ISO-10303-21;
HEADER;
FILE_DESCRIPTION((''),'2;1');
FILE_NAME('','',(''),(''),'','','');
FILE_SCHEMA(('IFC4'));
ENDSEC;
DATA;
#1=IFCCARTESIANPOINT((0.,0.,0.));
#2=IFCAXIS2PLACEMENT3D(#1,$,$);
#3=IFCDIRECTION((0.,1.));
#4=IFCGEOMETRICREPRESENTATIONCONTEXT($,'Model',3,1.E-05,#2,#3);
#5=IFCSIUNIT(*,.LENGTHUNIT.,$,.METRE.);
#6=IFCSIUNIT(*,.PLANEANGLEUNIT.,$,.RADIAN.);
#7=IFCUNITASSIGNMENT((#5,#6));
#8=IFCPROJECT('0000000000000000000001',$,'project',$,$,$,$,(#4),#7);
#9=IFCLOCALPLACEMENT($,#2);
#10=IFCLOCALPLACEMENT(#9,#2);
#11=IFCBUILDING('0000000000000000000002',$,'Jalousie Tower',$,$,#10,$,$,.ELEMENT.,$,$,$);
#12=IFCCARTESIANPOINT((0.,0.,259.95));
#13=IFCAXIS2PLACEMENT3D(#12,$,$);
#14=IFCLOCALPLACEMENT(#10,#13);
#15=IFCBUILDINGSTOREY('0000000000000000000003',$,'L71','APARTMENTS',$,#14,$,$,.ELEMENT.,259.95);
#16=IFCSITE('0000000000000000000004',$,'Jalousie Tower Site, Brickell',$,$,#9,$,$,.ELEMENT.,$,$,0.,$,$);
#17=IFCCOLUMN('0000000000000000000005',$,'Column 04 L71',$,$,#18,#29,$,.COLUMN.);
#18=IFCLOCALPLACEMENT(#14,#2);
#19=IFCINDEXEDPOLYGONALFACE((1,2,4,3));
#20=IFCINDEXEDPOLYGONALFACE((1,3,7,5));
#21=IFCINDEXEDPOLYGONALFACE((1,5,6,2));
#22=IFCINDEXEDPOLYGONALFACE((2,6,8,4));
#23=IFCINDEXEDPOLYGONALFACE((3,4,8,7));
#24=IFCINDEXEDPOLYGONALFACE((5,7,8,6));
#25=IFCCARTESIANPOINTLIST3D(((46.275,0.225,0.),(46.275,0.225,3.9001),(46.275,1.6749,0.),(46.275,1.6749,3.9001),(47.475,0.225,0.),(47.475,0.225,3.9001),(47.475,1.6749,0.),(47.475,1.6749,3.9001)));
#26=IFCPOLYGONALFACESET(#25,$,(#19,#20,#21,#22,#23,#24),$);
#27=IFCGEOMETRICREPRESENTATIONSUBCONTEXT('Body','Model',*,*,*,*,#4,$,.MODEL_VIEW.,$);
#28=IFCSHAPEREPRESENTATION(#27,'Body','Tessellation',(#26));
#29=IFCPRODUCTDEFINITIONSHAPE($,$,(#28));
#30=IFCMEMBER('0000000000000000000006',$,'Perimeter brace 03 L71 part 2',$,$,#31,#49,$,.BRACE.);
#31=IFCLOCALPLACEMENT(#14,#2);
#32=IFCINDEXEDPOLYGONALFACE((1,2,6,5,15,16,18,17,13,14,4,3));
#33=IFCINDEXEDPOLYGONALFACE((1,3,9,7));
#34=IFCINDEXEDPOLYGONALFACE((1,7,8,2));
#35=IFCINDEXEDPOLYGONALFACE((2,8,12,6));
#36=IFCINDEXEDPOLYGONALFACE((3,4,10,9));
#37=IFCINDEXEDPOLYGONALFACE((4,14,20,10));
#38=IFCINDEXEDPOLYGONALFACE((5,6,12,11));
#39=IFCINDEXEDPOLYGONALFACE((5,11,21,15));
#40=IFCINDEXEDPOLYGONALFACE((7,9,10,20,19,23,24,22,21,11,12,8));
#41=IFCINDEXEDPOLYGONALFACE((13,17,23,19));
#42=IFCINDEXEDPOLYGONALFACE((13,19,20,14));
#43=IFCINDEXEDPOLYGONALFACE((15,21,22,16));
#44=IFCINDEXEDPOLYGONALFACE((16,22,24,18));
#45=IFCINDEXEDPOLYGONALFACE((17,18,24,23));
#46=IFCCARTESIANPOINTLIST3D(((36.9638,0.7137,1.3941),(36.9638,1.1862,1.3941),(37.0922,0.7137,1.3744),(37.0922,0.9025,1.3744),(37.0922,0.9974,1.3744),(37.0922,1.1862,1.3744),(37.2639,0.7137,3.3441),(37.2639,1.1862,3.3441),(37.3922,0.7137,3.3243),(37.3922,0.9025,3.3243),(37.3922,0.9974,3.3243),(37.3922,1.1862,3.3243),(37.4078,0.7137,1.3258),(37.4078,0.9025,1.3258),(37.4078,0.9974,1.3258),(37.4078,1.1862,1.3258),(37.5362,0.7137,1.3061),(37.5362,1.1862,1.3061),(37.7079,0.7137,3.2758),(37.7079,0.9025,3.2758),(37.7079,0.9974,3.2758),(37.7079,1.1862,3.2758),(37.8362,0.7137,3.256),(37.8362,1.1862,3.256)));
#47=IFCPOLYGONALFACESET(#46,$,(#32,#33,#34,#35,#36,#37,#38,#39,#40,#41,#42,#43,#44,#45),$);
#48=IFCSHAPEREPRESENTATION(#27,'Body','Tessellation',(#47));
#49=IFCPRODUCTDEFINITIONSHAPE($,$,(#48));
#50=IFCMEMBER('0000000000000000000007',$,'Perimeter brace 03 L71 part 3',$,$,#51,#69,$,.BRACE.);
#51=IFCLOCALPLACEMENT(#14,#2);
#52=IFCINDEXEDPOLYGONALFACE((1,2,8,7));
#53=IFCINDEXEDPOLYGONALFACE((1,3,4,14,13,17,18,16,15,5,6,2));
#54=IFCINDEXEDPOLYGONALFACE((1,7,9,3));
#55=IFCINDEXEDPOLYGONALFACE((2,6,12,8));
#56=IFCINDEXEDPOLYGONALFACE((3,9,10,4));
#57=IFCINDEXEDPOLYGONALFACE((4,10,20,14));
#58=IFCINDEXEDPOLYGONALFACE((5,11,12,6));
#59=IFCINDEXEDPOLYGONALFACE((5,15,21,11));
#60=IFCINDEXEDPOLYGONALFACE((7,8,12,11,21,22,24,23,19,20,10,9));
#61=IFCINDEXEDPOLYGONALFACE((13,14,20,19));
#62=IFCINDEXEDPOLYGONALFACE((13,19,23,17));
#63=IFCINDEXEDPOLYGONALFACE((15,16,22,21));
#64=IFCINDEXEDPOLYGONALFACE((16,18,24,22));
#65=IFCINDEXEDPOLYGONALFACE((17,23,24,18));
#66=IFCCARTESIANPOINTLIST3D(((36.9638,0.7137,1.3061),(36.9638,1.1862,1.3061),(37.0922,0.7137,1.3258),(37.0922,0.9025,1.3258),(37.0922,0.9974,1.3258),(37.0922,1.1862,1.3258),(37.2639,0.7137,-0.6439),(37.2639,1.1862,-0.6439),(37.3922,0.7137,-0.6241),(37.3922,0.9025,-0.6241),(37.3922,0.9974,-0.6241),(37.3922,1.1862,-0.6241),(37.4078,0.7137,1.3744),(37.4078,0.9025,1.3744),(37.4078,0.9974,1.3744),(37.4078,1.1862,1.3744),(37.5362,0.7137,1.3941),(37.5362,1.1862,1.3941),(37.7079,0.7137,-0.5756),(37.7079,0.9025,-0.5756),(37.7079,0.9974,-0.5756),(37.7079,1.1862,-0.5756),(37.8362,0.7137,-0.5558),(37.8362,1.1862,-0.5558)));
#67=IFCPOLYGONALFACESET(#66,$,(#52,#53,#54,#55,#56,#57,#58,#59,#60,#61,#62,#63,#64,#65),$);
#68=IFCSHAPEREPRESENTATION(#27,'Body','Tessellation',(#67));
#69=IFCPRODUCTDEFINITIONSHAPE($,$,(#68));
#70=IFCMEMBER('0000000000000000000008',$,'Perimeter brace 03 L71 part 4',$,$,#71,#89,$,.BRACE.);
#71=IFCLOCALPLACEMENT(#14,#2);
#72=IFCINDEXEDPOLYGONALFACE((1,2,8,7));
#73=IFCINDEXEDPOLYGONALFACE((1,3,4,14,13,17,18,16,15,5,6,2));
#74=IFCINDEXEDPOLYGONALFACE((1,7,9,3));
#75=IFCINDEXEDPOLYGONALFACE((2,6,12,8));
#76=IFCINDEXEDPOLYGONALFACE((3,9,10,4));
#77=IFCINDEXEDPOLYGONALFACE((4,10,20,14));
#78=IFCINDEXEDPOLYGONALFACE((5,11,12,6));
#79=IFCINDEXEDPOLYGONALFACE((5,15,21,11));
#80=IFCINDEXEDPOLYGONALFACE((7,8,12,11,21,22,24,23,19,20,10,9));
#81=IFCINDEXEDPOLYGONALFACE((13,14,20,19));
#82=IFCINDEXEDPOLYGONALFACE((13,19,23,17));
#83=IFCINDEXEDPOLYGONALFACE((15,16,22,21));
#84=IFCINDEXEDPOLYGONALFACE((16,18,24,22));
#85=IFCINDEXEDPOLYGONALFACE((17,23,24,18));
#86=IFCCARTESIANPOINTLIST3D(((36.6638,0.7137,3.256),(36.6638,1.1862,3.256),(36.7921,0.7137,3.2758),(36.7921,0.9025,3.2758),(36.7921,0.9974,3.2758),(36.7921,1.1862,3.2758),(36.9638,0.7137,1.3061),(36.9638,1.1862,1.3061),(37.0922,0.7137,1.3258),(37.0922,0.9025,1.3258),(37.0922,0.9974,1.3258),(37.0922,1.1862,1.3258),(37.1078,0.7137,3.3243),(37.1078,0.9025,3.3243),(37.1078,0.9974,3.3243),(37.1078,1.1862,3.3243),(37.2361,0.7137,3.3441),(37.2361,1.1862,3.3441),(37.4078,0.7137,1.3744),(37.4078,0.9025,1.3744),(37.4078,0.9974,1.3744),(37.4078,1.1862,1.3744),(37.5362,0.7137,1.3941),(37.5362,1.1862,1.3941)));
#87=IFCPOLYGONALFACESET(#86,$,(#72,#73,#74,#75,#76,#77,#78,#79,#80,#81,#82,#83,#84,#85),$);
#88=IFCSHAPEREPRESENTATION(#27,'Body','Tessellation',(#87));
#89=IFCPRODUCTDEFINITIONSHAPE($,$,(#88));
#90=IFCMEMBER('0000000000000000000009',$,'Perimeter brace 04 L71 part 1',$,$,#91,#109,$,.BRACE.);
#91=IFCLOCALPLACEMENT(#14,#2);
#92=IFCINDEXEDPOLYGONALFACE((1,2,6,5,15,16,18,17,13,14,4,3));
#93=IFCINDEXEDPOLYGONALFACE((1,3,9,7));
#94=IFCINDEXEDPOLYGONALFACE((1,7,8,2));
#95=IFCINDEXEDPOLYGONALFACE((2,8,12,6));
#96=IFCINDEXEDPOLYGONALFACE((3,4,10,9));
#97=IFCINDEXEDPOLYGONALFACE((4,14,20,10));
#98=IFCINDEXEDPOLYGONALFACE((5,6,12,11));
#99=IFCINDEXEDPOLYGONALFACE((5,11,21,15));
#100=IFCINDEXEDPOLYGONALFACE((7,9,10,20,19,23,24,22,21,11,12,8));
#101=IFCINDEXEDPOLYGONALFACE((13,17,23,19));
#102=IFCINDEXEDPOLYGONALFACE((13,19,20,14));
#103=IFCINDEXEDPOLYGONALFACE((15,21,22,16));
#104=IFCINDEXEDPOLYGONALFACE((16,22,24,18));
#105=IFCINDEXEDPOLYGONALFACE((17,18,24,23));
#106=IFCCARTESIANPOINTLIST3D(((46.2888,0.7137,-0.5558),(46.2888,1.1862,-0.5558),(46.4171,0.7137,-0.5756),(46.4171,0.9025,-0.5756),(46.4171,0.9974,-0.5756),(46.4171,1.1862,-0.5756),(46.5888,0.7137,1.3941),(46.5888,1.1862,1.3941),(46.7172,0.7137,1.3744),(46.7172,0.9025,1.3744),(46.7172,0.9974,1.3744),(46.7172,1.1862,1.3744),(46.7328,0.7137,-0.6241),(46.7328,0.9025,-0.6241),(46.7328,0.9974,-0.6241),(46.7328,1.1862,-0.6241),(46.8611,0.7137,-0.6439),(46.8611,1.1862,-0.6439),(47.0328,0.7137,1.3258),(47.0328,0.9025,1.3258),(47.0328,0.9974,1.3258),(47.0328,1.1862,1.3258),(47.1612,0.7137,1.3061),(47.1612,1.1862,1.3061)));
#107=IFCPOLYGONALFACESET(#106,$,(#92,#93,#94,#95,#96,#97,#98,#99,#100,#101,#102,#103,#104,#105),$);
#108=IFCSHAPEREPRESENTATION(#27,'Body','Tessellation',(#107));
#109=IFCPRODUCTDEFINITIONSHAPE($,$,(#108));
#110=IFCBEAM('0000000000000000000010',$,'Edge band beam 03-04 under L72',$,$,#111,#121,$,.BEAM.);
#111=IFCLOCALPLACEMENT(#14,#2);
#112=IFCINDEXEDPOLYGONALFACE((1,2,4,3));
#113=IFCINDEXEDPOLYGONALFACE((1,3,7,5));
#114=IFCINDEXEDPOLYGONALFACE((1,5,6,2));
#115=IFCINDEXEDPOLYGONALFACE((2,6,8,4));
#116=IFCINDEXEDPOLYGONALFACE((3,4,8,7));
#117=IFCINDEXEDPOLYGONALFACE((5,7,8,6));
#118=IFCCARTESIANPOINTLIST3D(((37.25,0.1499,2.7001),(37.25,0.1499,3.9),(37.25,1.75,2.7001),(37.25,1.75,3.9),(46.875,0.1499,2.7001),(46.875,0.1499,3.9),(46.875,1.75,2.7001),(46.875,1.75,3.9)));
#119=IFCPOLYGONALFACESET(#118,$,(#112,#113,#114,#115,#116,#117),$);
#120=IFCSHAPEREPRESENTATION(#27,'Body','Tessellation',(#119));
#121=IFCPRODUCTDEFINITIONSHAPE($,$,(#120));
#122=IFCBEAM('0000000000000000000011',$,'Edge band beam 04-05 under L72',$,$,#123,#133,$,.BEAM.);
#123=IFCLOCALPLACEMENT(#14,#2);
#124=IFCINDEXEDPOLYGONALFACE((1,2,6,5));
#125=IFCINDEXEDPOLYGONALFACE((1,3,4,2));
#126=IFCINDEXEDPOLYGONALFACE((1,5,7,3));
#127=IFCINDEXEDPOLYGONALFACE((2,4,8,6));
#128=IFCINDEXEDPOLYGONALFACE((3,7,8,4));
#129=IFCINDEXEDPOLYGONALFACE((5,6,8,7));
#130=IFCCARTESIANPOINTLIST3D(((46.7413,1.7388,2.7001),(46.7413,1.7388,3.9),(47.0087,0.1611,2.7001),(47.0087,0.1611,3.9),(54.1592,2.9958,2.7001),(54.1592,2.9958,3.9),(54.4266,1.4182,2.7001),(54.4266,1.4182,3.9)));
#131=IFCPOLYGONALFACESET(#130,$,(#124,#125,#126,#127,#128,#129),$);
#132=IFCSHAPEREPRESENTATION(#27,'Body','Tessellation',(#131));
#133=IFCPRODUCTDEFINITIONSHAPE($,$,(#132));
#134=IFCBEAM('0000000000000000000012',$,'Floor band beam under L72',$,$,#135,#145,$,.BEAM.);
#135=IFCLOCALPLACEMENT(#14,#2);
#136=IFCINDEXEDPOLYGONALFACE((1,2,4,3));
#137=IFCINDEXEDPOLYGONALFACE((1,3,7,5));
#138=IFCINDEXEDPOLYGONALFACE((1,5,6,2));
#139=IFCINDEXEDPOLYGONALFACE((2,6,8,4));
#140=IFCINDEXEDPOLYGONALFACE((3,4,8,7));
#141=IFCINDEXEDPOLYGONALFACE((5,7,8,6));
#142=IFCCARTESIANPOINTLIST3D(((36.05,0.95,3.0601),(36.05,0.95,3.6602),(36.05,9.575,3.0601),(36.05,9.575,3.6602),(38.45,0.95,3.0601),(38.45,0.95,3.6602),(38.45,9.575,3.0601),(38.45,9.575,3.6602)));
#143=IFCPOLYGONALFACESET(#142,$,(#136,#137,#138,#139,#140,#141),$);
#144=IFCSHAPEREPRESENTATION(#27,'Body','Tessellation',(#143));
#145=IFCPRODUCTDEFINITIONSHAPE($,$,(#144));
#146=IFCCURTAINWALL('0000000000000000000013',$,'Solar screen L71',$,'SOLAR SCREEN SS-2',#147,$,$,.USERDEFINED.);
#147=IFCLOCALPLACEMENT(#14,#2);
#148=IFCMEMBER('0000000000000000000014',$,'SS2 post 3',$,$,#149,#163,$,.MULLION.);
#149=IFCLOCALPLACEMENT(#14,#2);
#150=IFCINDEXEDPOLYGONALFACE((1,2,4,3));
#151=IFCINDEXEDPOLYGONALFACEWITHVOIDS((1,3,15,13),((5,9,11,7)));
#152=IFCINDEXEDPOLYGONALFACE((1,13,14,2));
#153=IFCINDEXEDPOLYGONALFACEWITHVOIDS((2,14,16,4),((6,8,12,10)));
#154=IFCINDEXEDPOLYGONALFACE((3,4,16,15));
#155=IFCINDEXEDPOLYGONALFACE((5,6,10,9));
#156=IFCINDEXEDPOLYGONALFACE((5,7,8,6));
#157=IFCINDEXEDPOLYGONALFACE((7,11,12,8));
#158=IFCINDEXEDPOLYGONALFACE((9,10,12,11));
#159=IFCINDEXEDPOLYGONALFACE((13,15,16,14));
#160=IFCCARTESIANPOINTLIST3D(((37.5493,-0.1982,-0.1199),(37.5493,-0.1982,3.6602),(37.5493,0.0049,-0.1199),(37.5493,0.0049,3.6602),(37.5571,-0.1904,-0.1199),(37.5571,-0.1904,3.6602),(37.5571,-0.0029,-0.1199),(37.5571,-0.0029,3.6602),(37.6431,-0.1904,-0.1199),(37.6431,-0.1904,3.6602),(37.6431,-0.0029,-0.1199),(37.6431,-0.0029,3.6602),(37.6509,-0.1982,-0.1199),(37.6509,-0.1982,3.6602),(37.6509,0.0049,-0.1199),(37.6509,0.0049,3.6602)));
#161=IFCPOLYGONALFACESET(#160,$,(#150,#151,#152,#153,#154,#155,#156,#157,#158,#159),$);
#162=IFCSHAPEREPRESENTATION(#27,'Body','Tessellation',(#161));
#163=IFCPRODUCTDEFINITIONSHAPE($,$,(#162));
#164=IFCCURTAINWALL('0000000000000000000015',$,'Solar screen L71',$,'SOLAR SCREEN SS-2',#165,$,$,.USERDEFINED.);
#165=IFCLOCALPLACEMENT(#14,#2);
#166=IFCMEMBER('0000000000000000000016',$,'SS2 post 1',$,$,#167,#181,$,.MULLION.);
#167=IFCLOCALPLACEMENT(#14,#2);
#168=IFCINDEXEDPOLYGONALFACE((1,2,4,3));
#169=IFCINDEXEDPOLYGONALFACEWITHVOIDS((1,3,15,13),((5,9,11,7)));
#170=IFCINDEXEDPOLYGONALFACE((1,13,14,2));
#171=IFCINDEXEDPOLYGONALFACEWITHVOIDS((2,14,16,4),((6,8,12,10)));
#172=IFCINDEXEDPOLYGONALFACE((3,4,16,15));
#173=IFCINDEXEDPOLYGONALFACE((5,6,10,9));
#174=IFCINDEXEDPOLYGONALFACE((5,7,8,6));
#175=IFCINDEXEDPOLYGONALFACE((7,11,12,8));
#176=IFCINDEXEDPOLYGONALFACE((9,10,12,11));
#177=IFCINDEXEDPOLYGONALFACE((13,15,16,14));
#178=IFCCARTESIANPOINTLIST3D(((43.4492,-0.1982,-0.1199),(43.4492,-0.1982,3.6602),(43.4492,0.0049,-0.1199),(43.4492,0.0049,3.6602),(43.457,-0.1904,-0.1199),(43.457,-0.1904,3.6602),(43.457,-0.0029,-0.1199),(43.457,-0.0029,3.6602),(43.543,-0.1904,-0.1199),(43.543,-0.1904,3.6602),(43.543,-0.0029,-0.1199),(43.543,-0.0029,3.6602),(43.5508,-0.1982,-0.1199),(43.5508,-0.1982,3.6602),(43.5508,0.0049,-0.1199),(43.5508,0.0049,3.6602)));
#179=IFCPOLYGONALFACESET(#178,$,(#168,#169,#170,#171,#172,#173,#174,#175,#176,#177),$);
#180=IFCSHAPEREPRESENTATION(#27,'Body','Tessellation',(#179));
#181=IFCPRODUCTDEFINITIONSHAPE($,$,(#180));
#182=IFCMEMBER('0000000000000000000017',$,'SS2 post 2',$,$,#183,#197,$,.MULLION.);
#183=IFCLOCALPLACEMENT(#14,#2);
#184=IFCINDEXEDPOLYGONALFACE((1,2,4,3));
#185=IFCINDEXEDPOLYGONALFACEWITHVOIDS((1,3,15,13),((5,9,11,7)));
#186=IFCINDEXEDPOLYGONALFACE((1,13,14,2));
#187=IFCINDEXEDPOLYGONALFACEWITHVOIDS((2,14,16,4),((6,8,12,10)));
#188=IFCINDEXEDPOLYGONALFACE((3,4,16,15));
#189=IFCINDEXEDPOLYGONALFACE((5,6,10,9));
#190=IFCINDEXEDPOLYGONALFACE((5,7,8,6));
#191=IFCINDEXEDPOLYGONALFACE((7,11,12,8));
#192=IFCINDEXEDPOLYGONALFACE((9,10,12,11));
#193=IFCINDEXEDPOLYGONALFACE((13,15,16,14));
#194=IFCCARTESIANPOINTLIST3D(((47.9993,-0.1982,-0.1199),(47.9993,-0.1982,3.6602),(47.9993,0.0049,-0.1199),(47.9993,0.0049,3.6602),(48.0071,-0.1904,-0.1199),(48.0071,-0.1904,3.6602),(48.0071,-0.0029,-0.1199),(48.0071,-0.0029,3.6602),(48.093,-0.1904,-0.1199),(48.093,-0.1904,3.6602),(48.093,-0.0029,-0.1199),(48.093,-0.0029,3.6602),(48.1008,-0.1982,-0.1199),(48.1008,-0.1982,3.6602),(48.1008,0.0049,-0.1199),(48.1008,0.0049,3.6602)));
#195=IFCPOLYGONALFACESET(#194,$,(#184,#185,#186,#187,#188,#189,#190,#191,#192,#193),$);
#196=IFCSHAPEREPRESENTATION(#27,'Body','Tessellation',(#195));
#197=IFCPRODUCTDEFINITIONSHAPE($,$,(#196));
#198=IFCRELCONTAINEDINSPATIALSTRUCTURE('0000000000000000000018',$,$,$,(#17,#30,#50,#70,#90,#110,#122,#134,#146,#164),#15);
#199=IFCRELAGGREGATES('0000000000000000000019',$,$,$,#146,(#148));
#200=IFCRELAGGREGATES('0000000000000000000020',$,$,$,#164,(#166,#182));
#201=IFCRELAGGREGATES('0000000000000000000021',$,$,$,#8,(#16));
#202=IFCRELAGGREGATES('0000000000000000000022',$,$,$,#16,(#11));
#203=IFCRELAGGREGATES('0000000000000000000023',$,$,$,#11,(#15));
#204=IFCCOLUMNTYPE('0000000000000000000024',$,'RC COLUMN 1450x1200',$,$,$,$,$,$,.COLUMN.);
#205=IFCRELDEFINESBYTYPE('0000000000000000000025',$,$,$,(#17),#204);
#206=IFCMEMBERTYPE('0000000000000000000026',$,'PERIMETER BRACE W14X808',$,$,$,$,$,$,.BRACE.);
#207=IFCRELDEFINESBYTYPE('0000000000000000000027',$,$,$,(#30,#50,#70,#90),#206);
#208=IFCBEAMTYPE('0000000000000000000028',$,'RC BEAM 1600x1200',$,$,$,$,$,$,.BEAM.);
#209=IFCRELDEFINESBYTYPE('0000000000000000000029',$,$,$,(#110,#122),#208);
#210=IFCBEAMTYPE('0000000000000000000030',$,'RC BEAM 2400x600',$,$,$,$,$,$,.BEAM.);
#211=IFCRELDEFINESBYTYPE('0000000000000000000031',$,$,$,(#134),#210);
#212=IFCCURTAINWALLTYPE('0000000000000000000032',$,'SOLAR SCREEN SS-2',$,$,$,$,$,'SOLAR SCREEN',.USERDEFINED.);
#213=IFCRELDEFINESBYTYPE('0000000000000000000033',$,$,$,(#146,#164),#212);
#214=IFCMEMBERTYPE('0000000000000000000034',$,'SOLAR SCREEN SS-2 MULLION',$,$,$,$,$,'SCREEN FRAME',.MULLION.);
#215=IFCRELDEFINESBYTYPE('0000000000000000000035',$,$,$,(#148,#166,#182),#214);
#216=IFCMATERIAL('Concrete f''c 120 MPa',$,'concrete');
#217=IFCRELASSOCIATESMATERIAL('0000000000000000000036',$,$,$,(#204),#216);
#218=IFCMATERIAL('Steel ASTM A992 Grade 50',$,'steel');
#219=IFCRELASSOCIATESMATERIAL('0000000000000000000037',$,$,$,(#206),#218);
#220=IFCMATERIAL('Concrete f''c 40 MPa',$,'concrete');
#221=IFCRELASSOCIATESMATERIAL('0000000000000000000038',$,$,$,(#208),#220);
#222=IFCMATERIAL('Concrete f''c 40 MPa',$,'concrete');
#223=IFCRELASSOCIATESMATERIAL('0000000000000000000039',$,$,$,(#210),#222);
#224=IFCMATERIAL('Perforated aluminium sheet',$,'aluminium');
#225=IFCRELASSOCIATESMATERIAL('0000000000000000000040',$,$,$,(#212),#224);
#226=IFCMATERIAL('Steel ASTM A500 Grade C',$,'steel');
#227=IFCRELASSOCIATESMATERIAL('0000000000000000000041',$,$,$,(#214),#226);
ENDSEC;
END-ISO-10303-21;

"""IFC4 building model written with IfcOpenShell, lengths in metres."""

from ifc_helpers import new_model, si_unit, direction, frame, origin, origin_2d, place, context, subcontext, project, spatial, rectangle, hollow_rectangle, i_section, extrude, material, material_profile, profile_set, type_object, element, aggregate, save


model = new_model("IFC4")

# Units and contexts
model_context = context("Model", 3, precision=1e-05, world=origin(), true_north=direction((0.0, 1.0)))
body_context = subcontext(model_context, "Body", "Model", "MODEL_VIEW")
ifc_project = project(units=[si_unit("LENGTHUNIT", "METRE"), si_unit("PLANEANGLEUNIT", "RADIAN")], contexts=[model_context])

# Site, building, storey
site_placement = place(None, origin())
site = spatial("IfcSite", under=ifc_project, at=site_placement, Name="Jalousie Tower Site, Brickell", CompositionType="ELEMENT", RefElevation=0.0)
building_placement = place(site_placement, origin())
building = spatial("IfcBuilding", under=site, at=building_placement, Name="Jalousie Tower", CompositionType="ELEMENT")
storey_placement = place(building_placement, frame((0.0, 0.0, 259.95)))
storey = spatial("IfcBuildingStorey", under=building, at=storey_placement, Name="L71", Description="APARTMENTS", CompositionType="ELEMENT", Elevation=259.95)

# Column
ifc_material_1 = material(Name="Concrete f'c 120 MPa", Category="concrete")
ifc_material_profile_1 = material_profile(ifc_material_1, rectangle(XDim=1.45, YDim=1.2, at=origin_2d()), Name="RC 1450x1200")
ifc_profile_set_1 = profile_set([ifc_material_profile_1], Name="Concrete f'c 120 MPa")
column_type = type_object("IfcColumnType", Name="RC COLUMN 1450x1200", PredefinedType="COLUMN", material=ifc_profile_set_1)
column_placement = place(storey_placement, frame((46.875, 0.95, 0.0), z_axis=(0.0, 0.0, 1.0), x_axis=(0.0, 1.0, 0.0)))
element("IfcColumn", 1, at=column_placement, inside=storey, type_object=column_type, Name="Column 04 L71", PredefinedType="COLUMN", context=body_context, shape_type="SweptSolid", body=[
    extrude(rectangle(XDim=1.45, YDim=1.2, at=origin_2d()), origin(), (0.0, 0.0, 1.0), 3.9001),
])

# Members
ifc_material_2 = material(Name="Steel ASTM A992 Grade 50", Category="steel")
ifc_material_profile_2 = material_profile(ifc_material_2, i_section(OverallWidth=0.4724, OverallDepth=0.5791, WebThickness=0.095, FlangeThickness=0.1299, at=origin_2d()), Name="W14X808")
ifc_profile_set_2 = profile_set([ifc_material_profile_2], Name="Steel ASTM A992 Grade 50")
member_type_1 = type_object("IfcMemberType", Name="PERIMETER BRACE W14X808", PredefinedType="BRACE", material=ifc_profile_set_2)
for number, where, z_axis, x_axis, name in (
    (2, (37.25, 0.95, 1.3501), (0.152085, 0.0, 0.988367), (0.0, 1.0, 0.0), "Perimeter brace 03 L71 part 2"),
    (3, (37.55, 0.95, -0.5999), (-0.152085, 0.0, 0.988367), (0.0, -1.0, 0.0), "Perimeter brace 03 L71 part 3"),
    (4, (37.25, 0.95, 1.3501), (-0.152085, 0.0, 0.988367), (0.0, -1.0, 0.0), "Perimeter brace 03 L71 part 4"),
    (5, (46.575, 0.95, -0.5999), (0.152085, 0.0, 0.988367), (0.0, 1.0, 0.0), "Perimeter brace 04 L71 part 1"),
):
    element("IfcMember", number, at=place(storey_placement, frame(where, z_axis=z_axis, x_axis=x_axis)), inside=storey, type_object=member_type_1, Name=name, PredefinedType="BRACE", context=body_context, shape_type="SweptSolid", body=[
        extrude(i_section(OverallWidth=0.4724, OverallDepth=0.5791, WebThickness=0.095, FlangeThickness=0.1299, at=origin_2d()), origin(), (0.0, 0.0, 1.0), 1.9729),
    ])

# Beams
ifc_material_3 = material(Name="Concrete f'c 40 MPa", Category="concrete")
ifc_material_profile_3 = material_profile(ifc_material_3, rectangle(XDim=1.6001, YDim=1.2, at=origin_2d()), Name="RC 1600x1200")
ifc_profile_set_3 = profile_set([ifc_material_profile_3], Name="Concrete f'c 40 MPa")
beam_type_1 = type_object("IfcBeamType", Name="RC BEAM 1600x1200", PredefinedType="BEAM", material=ifc_profile_set_3)
beam_1_placement = place(storey_placement, frame((37.25, 0.95, 3.3), z_axis=(1.0, 0.0, 0.0), x_axis=(0.0, 1.0, 0.0)))
element("IfcBeam", 6, at=beam_1_placement, inside=storey, type_object=beam_type_1, Name="Edge band beam 03-04 under L72", PredefinedType="BEAM", context=body_context, shape_type="SweptSolid", body=[
    extrude(rectangle(XDim=1.6001, YDim=1.2, at=origin_2d()), origin(), (0.0, 0.0, 1.0), 9.625),
])
beam_2_placement = place(storey_placement, frame((46.875, 0.95, 3.3), z_axis=(0.985943, 0.167082, 0.0), x_axis=(-0.167082, 0.985943, 0.0)))
element("IfcBeam", 7, at=beam_2_placement, inside=storey, type_object=beam_type_1, Name="Edge band beam 04-05 under L72", PredefinedType="BEAM", context=body_context, shape_type="SweptSolid", body=[
    extrude(rectangle(XDim=1.6001, YDim=1.2, at=origin_2d()), origin(), (0.0, 0.0, 1.0), 7.5237),
])
ifc_material_4 = material(Name="Concrete f'c 40 MPa", Category="concrete")
ifc_material_profile_4 = material_profile(ifc_material_4, rectangle(XDim=2.3999, YDim=0.6001, at=origin_2d()), Name="RC 2400x600")
ifc_profile_set_4 = profile_set([ifc_material_profile_4], Name="Concrete f'c 40 MPa")
beam_type_2 = type_object("IfcBeamType", Name="RC BEAM 2400x600", PredefinedType="BEAM", material=ifc_profile_set_4)
beam_3_placement = place(storey_placement, frame((37.25, 0.95, 3.3601), z_axis=(0.0, 1.0, 0.0), x_axis=(-1.0, 0.0, 0.0)))
element("IfcBeam", 8, at=beam_3_placement, inside=storey, type_object=beam_type_2, Name="Floor band beam under L72", PredefinedType="BEAM", context=body_context, shape_type="SweptSolid", body=[
    extrude(rectangle(XDim=2.3999, YDim=0.6001, at=origin_2d()), origin(), (0.0, 0.0, 1.0), 8.625),
])

# Curtain wall, member
ifc_material_5 = material(Name="Perforated aluminium sheet", Category="aluminium")
curtain_wall_type = type_object("IfcCurtainWallType", Name="SOLAR SCREEN SS-2", ElementType="SOLAR SCREEN", PredefinedType="USERDEFINED", material=ifc_material_5)
curtain_wall_1_placement = place(storey_placement, origin())
curtain_wall_1 = element("IfcCurtainWall", 9, at=curtain_wall_1_placement, inside=storey, type_object=curtain_wall_type, Name="Solar screen L71", ObjectType="SOLAR SCREEN SS-2", PredefinedType="USERDEFINED")
ifc_material_6 = material(Name="Steel ASTM A500 Grade C", Category="steel")
ifc_material_profile_5 = material_profile(ifc_material_6, hollow_rectangle(XDim=0.1016, YDim=0.2031, WallThickness=0.0078, at=origin_2d()), Name="HSS8X4X5/16")
ifc_profile_set_5 = profile_set([ifc_material_profile_5], Name="Steel ASTM A500 Grade C")
member_type_2 = type_object("IfcMemberType", Name="SOLAR SCREEN SS-2 MULLION", ElementType="SCREEN FRAME", PredefinedType="MULLION", material=ifc_profile_set_5)
member_1_placement = place(storey_placement, frame((37.6001, -0.0967, -0.1199), z_axis=(0.0, 0.0, 1.0), x_axis=(1.0, 0.0, 0.0)))
member_1 = element("IfcMember", 10, at=member_1_placement, type_object=member_type_2, Name="SS2 post 3", PredefinedType="MULLION", context=body_context, shape_type="SweptSolid", body=[
    extrude(hollow_rectangle(XDim=0.1016, YDim=0.2031, WallThickness=0.0078, at=origin_2d()), origin(), (0.0, 0.0, 1.0), 3.78),
])
aggregate(curtain_wall_1, [member_1])

# Curtain wall, members
curtain_wall_2_placement = place(storey_placement, origin())
curtain_wall_2 = element("IfcCurtainWall", 11, at=curtain_wall_2_placement, inside=storey, type_object=curtain_wall_type, Name="Solar screen L71", ObjectType="SOLAR SCREEN SS-2", PredefinedType="USERDEFINED")
member_2_placement = place(storey_placement, frame((43.5, -0.0967, -0.1199), z_axis=(0.0, 0.0, 1.0), x_axis=(1.0, 0.0, 0.0)))
member_2 = element("IfcMember", 12, at=member_2_placement, type_object=member_type_2, Name="SS2 post 1", PredefinedType="MULLION", context=body_context, shape_type="SweptSolid", body=[
    extrude(hollow_rectangle(XDim=0.1016, YDim=0.2031, WallThickness=0.0078, at=origin_2d()), origin(), (0.0, 0.0, 1.0), 3.78),
])
member_3_placement = place(storey_placement, frame((48.05, -0.0967, -0.1199), z_axis=(0.0, 0.0, 1.0), x_axis=(1.0, 0.0, 0.0)))
member_3 = element("IfcMember", 13, at=member_3_placement, type_object=member_type_2, Name="SS2 post 2", PredefinedType="MULLION", context=body_context, shape_type="SweptSolid", body=[
    extrude(hollow_rectangle(XDim=0.1016, YDim=0.2031, WallThickness=0.0078, at=origin_2d()), origin(), (0.0, 0.0, 1.0), 3.78),
])

aggregate(curtain_wall_2, [member_2, member_3])

save(model, "model.ifc")
